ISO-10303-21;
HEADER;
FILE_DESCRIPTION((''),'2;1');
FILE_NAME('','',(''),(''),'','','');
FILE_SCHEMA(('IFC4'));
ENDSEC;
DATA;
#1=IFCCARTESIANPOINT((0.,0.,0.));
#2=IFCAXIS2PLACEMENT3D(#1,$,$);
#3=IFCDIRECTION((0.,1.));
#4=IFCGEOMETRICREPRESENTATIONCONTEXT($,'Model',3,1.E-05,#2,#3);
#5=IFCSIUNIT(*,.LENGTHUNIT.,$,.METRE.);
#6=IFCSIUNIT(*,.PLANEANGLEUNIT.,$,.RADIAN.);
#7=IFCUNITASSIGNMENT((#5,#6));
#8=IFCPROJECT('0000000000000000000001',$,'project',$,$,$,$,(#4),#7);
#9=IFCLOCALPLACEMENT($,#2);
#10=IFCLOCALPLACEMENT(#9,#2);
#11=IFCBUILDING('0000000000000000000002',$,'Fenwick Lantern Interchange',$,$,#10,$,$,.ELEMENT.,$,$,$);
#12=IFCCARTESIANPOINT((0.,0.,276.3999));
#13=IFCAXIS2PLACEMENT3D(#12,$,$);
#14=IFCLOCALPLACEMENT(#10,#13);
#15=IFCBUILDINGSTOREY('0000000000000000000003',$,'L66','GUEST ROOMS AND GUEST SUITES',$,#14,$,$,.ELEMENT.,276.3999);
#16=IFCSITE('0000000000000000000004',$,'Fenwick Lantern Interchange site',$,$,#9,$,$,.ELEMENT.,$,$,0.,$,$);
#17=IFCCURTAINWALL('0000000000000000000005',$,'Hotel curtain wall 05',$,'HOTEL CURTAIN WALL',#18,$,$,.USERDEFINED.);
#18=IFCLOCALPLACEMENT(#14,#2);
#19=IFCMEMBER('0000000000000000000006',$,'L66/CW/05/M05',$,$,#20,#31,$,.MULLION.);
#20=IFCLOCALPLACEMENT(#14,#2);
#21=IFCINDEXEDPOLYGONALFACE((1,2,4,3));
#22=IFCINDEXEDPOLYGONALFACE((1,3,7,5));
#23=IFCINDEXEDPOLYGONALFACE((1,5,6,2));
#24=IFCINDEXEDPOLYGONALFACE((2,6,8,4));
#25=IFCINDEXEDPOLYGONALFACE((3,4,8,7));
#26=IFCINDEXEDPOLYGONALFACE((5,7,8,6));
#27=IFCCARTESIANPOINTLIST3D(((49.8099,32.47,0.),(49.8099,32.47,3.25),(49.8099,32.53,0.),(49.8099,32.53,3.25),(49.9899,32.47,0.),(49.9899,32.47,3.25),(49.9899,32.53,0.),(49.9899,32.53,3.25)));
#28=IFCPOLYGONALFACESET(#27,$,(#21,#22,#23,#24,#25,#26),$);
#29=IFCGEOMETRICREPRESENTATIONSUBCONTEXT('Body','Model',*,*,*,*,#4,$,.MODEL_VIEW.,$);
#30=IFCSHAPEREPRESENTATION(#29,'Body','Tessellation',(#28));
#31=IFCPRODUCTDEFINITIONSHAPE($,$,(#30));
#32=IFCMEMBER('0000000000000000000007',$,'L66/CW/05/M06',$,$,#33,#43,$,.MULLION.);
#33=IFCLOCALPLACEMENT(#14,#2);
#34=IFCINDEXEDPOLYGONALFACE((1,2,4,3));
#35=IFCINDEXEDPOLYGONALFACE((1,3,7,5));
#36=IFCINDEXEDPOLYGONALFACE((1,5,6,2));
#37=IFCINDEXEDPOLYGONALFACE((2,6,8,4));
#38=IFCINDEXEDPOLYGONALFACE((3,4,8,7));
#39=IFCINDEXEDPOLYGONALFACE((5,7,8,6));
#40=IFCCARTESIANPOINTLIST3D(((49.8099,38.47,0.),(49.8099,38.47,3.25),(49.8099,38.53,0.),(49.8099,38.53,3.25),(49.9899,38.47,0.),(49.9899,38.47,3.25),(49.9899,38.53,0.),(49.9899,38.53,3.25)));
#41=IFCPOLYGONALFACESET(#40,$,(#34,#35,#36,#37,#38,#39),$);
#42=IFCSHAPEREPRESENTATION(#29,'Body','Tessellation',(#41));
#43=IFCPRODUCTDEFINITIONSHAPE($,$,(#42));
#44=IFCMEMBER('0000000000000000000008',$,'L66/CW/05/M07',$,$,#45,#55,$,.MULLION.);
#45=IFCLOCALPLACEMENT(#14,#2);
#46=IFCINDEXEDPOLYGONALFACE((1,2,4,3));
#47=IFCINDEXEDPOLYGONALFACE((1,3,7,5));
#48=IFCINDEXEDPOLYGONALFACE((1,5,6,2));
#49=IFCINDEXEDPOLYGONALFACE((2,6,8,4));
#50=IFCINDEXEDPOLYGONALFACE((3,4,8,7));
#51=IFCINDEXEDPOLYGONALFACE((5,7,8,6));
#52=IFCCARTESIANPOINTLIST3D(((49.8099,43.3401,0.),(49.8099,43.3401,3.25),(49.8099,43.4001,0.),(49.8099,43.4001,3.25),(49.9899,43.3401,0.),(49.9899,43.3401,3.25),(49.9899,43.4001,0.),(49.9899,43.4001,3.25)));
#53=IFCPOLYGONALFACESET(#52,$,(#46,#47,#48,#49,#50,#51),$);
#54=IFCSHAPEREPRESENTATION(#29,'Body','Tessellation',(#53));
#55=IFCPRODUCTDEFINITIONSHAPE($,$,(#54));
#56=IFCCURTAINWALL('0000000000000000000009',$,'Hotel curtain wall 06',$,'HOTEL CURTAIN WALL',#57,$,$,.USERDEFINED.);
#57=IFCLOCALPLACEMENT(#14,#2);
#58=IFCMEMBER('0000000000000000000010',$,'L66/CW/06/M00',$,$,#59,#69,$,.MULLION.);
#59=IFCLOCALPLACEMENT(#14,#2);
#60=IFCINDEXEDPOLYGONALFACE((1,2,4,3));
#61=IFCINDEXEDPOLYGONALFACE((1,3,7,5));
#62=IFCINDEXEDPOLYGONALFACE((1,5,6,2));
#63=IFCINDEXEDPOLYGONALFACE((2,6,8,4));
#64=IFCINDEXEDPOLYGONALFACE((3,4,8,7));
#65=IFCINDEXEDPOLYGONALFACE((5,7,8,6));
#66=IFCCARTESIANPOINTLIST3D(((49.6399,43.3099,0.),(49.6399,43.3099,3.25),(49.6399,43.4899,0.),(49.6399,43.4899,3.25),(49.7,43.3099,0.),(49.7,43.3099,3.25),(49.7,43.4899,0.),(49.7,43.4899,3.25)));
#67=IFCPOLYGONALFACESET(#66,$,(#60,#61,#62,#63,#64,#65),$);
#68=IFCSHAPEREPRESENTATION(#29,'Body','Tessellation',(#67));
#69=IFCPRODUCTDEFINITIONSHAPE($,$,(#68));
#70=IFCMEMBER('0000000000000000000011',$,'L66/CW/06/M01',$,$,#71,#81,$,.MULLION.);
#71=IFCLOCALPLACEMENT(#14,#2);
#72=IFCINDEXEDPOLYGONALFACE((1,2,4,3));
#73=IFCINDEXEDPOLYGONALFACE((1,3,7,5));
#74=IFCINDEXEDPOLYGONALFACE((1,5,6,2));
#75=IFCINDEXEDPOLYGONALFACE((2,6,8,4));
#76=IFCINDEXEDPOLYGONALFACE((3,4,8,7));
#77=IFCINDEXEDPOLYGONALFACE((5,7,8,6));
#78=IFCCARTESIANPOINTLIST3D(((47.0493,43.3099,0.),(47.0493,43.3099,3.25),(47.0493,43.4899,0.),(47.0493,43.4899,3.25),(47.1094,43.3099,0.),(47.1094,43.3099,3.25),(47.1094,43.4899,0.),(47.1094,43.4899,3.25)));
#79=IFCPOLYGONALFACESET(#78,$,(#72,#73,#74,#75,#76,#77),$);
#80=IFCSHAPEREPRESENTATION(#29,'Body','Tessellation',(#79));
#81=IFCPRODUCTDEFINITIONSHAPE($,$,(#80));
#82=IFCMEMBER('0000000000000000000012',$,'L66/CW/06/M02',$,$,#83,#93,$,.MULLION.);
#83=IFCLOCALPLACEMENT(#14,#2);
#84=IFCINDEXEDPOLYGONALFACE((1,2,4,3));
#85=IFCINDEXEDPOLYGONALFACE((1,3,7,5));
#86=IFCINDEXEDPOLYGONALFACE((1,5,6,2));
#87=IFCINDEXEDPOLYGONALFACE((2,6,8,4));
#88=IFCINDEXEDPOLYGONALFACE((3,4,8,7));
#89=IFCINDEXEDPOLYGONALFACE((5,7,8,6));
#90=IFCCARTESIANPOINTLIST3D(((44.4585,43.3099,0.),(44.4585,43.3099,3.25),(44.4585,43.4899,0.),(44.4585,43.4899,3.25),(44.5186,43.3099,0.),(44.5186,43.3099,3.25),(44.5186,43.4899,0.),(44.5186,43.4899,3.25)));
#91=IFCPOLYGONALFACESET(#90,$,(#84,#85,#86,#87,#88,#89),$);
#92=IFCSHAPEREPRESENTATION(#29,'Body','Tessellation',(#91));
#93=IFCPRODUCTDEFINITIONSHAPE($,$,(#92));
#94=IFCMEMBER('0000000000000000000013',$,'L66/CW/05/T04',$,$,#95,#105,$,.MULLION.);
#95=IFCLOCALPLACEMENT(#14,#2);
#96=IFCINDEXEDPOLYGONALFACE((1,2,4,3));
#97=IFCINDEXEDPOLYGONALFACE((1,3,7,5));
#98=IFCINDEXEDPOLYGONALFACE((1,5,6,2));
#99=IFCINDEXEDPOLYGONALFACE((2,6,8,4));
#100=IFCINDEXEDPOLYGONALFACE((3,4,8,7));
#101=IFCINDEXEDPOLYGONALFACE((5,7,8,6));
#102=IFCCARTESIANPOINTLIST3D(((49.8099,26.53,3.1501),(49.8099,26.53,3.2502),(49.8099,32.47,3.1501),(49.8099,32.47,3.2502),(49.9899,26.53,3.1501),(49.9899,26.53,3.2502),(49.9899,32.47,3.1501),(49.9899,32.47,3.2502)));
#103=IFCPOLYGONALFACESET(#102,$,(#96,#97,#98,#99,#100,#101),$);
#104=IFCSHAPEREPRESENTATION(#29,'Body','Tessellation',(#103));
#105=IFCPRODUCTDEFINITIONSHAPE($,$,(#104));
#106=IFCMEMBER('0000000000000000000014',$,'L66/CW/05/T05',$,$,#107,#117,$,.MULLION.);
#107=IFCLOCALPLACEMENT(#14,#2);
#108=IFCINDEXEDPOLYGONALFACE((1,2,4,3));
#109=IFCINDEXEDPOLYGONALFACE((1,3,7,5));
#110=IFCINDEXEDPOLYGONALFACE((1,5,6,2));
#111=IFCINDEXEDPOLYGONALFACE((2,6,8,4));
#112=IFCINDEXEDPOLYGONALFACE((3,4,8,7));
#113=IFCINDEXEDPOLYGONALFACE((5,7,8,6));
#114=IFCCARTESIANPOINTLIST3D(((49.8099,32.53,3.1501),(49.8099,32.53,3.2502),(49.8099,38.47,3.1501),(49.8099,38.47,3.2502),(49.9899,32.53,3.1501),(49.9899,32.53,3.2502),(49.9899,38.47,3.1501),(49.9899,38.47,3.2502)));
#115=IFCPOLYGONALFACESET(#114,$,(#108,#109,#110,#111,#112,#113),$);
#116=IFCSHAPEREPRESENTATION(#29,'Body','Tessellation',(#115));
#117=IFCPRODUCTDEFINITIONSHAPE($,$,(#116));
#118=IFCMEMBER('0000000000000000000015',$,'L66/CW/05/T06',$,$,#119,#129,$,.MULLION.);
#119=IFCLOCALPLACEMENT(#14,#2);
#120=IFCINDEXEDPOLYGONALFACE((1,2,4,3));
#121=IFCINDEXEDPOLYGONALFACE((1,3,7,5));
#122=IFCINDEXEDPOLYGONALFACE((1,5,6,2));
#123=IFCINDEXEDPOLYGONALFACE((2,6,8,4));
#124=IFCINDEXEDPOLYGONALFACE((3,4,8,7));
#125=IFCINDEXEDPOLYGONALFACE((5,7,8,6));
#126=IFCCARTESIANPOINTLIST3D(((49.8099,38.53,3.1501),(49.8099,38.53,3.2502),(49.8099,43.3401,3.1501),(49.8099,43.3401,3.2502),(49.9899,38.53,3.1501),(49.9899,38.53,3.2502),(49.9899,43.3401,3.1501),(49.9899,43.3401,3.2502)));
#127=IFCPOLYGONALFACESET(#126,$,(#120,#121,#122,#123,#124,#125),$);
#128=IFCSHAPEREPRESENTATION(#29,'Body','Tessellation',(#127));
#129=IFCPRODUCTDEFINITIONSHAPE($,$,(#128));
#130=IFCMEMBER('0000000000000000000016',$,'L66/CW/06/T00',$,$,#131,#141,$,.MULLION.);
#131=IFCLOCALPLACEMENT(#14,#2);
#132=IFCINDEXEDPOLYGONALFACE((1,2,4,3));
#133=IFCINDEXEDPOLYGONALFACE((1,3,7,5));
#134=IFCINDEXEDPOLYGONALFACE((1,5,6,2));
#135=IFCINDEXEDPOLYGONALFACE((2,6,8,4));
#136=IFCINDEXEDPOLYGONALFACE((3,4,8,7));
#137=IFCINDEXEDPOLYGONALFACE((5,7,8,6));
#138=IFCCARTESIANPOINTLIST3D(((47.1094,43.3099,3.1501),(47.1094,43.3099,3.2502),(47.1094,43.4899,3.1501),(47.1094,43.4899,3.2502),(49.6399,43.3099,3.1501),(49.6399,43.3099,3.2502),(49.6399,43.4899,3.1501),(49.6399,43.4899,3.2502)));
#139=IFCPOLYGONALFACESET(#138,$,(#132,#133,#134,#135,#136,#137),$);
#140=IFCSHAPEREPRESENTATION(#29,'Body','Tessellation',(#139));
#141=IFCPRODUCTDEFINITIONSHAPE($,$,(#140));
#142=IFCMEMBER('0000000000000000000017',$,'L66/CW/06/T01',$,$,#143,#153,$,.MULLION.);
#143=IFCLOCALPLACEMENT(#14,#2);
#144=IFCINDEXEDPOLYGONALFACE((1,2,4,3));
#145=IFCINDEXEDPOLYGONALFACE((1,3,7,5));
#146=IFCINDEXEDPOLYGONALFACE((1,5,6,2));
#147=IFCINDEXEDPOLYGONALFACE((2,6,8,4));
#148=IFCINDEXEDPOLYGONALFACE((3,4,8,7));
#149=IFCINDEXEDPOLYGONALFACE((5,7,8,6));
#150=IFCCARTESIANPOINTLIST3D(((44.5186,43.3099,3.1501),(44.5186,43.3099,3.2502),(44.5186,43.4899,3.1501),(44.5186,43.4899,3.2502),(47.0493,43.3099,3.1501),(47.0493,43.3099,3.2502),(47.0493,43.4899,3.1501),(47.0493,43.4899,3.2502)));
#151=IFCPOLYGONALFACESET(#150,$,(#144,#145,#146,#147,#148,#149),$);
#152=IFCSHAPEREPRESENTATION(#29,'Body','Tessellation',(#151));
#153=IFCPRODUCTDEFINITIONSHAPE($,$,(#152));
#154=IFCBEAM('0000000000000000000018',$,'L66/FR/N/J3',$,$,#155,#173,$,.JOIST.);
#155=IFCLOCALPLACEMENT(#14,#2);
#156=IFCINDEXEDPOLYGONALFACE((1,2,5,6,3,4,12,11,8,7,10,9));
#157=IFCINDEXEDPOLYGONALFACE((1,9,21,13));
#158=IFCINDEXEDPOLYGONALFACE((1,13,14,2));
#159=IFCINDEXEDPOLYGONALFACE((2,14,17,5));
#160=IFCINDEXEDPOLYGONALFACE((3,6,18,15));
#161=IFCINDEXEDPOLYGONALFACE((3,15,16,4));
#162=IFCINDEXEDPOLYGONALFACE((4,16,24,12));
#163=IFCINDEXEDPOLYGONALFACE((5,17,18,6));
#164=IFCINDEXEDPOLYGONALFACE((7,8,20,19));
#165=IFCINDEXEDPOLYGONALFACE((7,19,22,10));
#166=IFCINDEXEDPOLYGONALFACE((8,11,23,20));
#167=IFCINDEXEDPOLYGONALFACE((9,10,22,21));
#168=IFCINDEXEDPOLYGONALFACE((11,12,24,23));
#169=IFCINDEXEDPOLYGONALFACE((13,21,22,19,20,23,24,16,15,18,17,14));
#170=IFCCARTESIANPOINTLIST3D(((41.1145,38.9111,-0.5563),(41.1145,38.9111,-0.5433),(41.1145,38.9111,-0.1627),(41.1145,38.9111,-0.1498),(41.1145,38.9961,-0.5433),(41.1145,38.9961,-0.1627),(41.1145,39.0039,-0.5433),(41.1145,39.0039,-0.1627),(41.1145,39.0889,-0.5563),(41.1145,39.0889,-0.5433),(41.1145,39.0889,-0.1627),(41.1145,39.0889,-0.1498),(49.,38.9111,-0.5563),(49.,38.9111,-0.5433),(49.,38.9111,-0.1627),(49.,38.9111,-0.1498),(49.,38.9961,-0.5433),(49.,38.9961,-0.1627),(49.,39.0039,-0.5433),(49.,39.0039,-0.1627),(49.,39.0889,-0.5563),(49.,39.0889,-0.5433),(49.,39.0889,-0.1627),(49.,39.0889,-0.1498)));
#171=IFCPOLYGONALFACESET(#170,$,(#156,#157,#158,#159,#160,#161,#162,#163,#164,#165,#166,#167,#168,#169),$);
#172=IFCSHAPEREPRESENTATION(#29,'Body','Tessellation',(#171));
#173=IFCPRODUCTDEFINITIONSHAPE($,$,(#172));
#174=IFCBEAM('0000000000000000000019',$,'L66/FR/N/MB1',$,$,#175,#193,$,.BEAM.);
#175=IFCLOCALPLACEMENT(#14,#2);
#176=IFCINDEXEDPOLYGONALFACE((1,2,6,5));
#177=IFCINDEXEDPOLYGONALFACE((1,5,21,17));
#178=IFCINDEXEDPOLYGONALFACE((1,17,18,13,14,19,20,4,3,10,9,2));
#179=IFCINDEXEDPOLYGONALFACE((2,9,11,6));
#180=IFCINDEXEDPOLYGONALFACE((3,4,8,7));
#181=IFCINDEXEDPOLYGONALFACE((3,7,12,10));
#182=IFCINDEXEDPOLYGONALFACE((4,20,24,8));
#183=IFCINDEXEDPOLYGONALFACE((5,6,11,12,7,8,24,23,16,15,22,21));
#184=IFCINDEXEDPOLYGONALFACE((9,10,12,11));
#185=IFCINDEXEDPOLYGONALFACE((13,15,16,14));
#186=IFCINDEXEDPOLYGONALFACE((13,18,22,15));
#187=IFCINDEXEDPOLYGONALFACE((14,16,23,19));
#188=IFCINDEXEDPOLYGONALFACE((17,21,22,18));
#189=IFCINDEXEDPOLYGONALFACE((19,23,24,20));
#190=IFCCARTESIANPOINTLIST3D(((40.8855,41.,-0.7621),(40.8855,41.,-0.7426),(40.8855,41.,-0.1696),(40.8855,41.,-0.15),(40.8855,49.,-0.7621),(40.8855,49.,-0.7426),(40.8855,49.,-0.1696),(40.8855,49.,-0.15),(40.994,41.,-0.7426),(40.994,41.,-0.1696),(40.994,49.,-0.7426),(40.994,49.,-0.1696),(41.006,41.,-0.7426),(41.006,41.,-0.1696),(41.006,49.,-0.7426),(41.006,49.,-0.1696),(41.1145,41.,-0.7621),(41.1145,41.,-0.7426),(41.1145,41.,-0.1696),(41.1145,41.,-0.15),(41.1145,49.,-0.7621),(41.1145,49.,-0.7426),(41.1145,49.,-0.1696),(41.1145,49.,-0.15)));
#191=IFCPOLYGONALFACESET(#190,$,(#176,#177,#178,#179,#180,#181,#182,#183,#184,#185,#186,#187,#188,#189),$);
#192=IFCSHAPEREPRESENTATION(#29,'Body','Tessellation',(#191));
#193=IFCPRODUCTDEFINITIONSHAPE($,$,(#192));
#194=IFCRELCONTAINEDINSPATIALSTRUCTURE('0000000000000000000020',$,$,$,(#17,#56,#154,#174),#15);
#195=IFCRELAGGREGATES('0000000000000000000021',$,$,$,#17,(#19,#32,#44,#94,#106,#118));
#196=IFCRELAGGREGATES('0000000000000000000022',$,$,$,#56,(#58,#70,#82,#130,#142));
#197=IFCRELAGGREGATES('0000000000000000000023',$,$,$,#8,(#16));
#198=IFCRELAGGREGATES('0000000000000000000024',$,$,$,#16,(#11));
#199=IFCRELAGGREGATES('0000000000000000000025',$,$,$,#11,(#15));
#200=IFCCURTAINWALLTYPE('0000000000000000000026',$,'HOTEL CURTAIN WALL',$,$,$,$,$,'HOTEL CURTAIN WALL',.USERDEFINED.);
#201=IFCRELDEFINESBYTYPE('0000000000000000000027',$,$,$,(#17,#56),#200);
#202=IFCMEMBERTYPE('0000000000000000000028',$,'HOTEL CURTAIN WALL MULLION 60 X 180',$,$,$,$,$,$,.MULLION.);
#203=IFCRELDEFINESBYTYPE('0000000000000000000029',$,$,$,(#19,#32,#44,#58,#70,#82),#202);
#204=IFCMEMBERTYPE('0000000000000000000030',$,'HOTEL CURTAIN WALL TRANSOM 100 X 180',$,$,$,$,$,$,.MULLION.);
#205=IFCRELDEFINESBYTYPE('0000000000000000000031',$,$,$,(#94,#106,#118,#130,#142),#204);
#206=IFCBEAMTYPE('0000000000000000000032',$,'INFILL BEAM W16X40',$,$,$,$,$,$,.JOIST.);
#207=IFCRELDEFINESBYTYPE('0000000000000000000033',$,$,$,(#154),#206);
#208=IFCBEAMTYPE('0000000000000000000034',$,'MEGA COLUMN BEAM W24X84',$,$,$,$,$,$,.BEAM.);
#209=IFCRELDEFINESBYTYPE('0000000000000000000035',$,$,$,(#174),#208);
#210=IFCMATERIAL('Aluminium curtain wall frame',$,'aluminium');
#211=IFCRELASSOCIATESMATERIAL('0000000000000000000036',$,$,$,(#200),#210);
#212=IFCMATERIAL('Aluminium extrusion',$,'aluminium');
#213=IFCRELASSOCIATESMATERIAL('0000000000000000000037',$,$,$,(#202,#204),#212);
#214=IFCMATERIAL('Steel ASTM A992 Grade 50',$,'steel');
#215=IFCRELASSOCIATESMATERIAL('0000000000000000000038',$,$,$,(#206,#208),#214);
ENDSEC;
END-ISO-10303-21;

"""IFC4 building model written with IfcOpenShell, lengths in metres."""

from ifc_helpers import new_model, si_unit, direction, frame, origin, origin_2d, place, context, subcontext, project, spatial, rectangle, i_section, extrude, material, material_profile, profile_set, type_object, element, aggregate, save


model = new_model("IFC4")

# Units and contexts
model_context = context("Model", 3, precision=1e-05, world=origin(), true_north=direction((0.0, 1.0)))
body_context = subcontext(model_context, "Body", "Model", "MODEL_VIEW")
ifc_project = project(units=[si_unit("LENGTHUNIT", "METRE"), si_unit("PLANEANGLEUNIT", "RADIAN")], contexts=[model_context])

# Site, building, storey
site_placement = place(None, origin())
site = spatial("IfcSite", under=ifc_project, at=site_placement, Name="Fenwick Lantern Interchange site", CompositionType="ELEMENT", RefElevation=0.0)
building_placement = place(site_placement, origin())
building = spatial("IfcBuilding", under=site, at=building_placement, Name="Fenwick Lantern Interchange", CompositionType="ELEMENT")
storey_placement = place(building_placement, frame((0.0, 0.0, 276.3999)))
storey = spatial("IfcBuildingStorey", under=building, at=storey_placement, Name="L66", Description="GUEST ROOMS AND GUEST SUITES", CompositionType="ELEMENT", Elevation=276.3999)

# Shared definitions
ifc_material_1 = material(Name="Steel ASTM A992 Grade 50", Category="steel")

# Curtain walls, members
ifc_material_2 = material(Name="Aluminium curtain wall frame", Category="aluminium")
curtain_wall_type = type_object("IfcCurtainWallType", Name="HOTEL CURTAIN WALL", ElementType="HOTEL CURTAIN WALL", PredefinedType="USERDEFINED", material=ifc_material_2)
curtain_wall_1_placement = place(storey_placement, origin())
curtain_wall_1 = element("IfcCurtainWall", 1, at=curtain_wall_1_placement, inside=storey, type_object=curtain_wall_type, Name="Hotel curtain wall 05", ObjectType="HOTEL CURTAIN WALL", PredefinedType="USERDEFINED")
ifc_material_3 = material(Name="Aluminium extrusion", Category="aluminium")
ifc_material_profile_1 = material_profile(ifc_material_3, rectangle(XDim=0.1799, YDim=0.0601, at=origin_2d()), Name="HOTEL CURTAIN WALL MULLION 60 X 180")
ifc_profile_set_1 = profile_set([ifc_material_profile_1], Name="Aluminium extrusion")
member_type_1 = type_object("IfcMemberType", Name="HOTEL CURTAIN WALL MULLION 60 X 180", PredefinedType="MULLION", material=ifc_profile_set_1)
member_1_placement = place(storey_placement, frame((49.8999, 32.5, 0.0), z_axis=(0.0, 0.0, 1.0), x_axis=(-1.0, 0.0, 0.0)))
member_1 = element("IfcMember", 2, at=member_1_placement, type_object=member_type_1, Name="L66/CW/05/M05", PredefinedType="MULLION", context=body_context, shape_type="SweptSolid", body=[
    extrude(rectangle(XDim=0.1799, YDim=0.0601, at=origin_2d()), origin(), (0.0, 0.0, 1.0), 3.25),
])
member_2_placement = place(storey_placement, frame((49.8999, 38.5, 0.0), z_axis=(0.0, 0.0, 1.0), x_axis=(-1.0, 0.0, 0.0)))
member_2 = element("IfcMember", 3, at=member_2_placement, type_object=member_type_1, Name="L66/CW/05/M06", PredefinedType="MULLION", context=body_context, shape_type="SweptSolid", body=[
    extrude(rectangle(XDim=0.1799, YDim=0.0601, at=origin_2d()), origin(), (0.0, 0.0, 1.0), 3.25),
])
member_3_placement = place(storey_placement, frame((49.8999, 43.3701, 0.0), z_axis=(0.0, 0.0, 1.0), x_axis=(-1.0, 0.0, 0.0)))
member_3 = element("IfcMember", 4, at=member_3_placement, type_object=member_type_1, Name="L66/CW/05/M07", PredefinedType="MULLION", context=body_context, shape_type="SweptSolid", body=[
    extrude(rectangle(XDim=0.1799, YDim=0.0601, at=origin_2d()), origin(), (0.0, 0.0, 1.0), 3.25),
])
curtain_wall_2_placement = place(storey_placement, origin())
curtain_wall_2 = element("IfcCurtainWall", 5, at=curtain_wall_2_placement, inside=storey, type_object=curtain_wall_type, Name="Hotel curtain wall 06", ObjectType="HOTEL CURTAIN WALL", PredefinedType="USERDEFINED")
member_4_placement = place(storey_placement, frame((49.6699, 43.3999, 0.0), z_axis=(0.0, 0.0, 1.0), x_axis=(0.0, -1.0, 0.0)))
member_4 = element("IfcMember", 6, at=member_4_placement, type_object=member_type_1, Name="L66/CW/06/M00", PredefinedType="MULLION", context=body_context, shape_type="SweptSolid", body=[
    extrude(rectangle(XDim=0.1799, YDim=0.0601, at=origin_2d()), origin(), (0.0, 0.0, 1.0), 3.25),
])
member_5_placement = place(storey_placement, frame((47.0793, 43.3999, 0.0), z_axis=(0.0, 0.0, 1.0), x_axis=(0.0, -1.0, 0.0)))
member_5 = element("IfcMember", 7, at=member_5_placement, type_object=member_type_1, Name="L66/CW/06/M01", PredefinedType="MULLION", context=body_context, shape_type="SweptSolid", body=[
    extrude(rectangle(XDim=0.1799, YDim=0.0601, at=origin_2d()), origin(), (0.0, 0.0, 1.0), 3.25),
])
member_6_placement = place(storey_placement, frame((44.4885, 43.3999, 0.0), z_axis=(0.0, 0.0, 1.0), x_axis=(0.0, -1.0, 0.0)))
member_6 = element("IfcMember", 8, at=member_6_placement, type_object=member_type_1, Name="L66/CW/06/M02", PredefinedType="MULLION", context=body_context, shape_type="SweptSolid", body=[
    extrude(rectangle(XDim=0.1799, YDim=0.0601, at=origin_2d()), origin(), (0.0, 0.0, 1.0), 3.25),
])

# Members
ifc_material_profile_2 = material_profile(ifc_material_3, rectangle(XDim=0.1799, YDim=0.1001, at=origin_2d()), Name="HOTEL CURTAIN WALL TRANSOM 100 X 180")
ifc_profile_set_2 = profile_set([ifc_material_profile_2], Name="Aluminium extrusion")
member_type_2 = type_object("IfcMemberType", Name="HOTEL CURTAIN WALL TRANSOM 100 X 180", PredefinedType="MULLION", material=ifc_profile_set_2)
member_7_placement = place(storey_placement, frame((49.8999, 26.53, 3.2002), z_axis=(0.0, 1.0, 0.0), x_axis=(-1.0, 0.0, 0.0)))
member_7 = element("IfcMember", 9, at=member_7_placement, type_object=member_type_2, Name="L66/CW/05/T04", PredefinedType="MULLION", context=body_context, shape_type="SweptSolid", body=[
    extrude(rectangle(XDim=0.1799, YDim=0.1001, at=origin_2d()), origin(), (0.0, 0.0, 1.0), 5.9399),
])
member_8_placement = place(storey_placement, frame((49.8999, 32.53, 3.2002), z_axis=(0.0, 1.0, 0.0), x_axis=(-1.0, 0.0, 0.0)))
member_8 = element("IfcMember", 10, at=member_8_placement, type_object=member_type_2, Name="L66/CW/05/T05", PredefinedType="MULLION", context=body_context, shape_type="SweptSolid", body=[
    extrude(rectangle(XDim=0.1799, YDim=0.1001, at=origin_2d()), origin(), (0.0, 0.0, 1.0), 5.9399),
])
member_9_placement = place(storey_placement, frame((49.8999, 38.53, 3.2002), z_axis=(0.0, 1.0, 0.0), x_axis=(-1.0, 0.0, 0.0)))
member_9 = element("IfcMember", 11, at=member_9_placement, type_object=member_type_2, Name="L66/CW/05/T06", PredefinedType="MULLION", context=body_context, shape_type="SweptSolid", body=[
    extrude(rectangle(XDim=0.1799, YDim=0.1001, at=origin_2d()), origin(), (0.0, 0.0, 1.0), 4.8101),
])
aggregate(curtain_wall_1, [member_1, member_2, member_3, member_7, member_8, member_9])
member_10_placement = place(storey_placement, frame((49.6399, 43.3999, 3.2002), z_axis=(-1.0, 0.0, 0.0), x_axis=(0.0, -1.0, 0.0)))
member_10 = element("IfcMember", 12, at=member_10_placement, type_object=member_type_2, Name="L66/CW/06/T00", PredefinedType="MULLION", context=body_context, shape_type="SweptSolid", body=[
    extrude(rectangle(XDim=0.1799, YDim=0.1001, at=origin_2d()), origin(), (0.0, 0.0, 1.0), 2.5305),
])
member_11_placement = place(storey_placement, frame((47.0493, 43.3999, 3.2002), z_axis=(-1.0, 0.0, 0.0), x_axis=(0.0, -1.0, 0.0)))
member_11 = element("IfcMember", 13, at=member_11_placement, type_object=member_type_2, Name="L66/CW/06/T01", PredefinedType="MULLION", context=body_context, shape_type="SweptSolid", body=[
    extrude(rectangle(XDim=0.1799, YDim=0.1001, at=origin_2d()), origin(), (0.0, 0.0, 1.0), 2.5308),
])

# Beams
ifc_material_profile_3 = material_profile(ifc_material_1, i_section(OverallWidth=0.1777, OverallDepth=0.4065, WebThickness=0.0078, FlangeThickness=0.0129, at=origin_2d()), Name="W16X40")
ifc_profile_set_3 = profile_set([ifc_material_profile_3], Name="Steel ASTM A992 Grade 50")
beam_type_1 = type_object("IfcBeamType", Name="INFILL BEAM W16X40", PredefinedType="JOIST", material=ifc_profile_set_3)
beam_1_placement = place(storey_placement, frame((49.0, 39.0, -0.353), z_axis=(-1.0, 0.0, 0.0), x_axis=(0.0, -1.0, 0.0)))
element("IfcBeam", 14, at=beam_1_placement, inside=storey, type_object=beam_type_1, Name="L66/FR/N/J3", PredefinedType="JOIST", context=body_context, shape_type="SweptSolid", body=[
    extrude(i_section(OverallWidth=0.1777, OverallDepth=0.4065, WebThickness=0.0078, FlangeThickness=0.0129, at=origin_2d()), origin(), (0.0, 0.0, 1.0), 7.8855),
])
ifc_material_profile_4 = material_profile(ifc_material_1, i_section(OverallWidth=0.229, OverallDepth=0.6121, WebThickness=0.012, FlangeThickness=0.0195, at=origin_2d()), Name="W24X84")
ifc_profile_set_4 = profile_set([ifc_material_profile_4], Name="Steel ASTM A992 Grade 50")
beam_type_2 = type_object("IfcBeamType", Name="MEGA COLUMN BEAM W24X84", PredefinedType="BEAM", material=ifc_profile_set_4)
for number, where, z_axis, x_axis, name in (
    (15, (41.0, 41.0, -0.4561), (0.0, 1.0, 0.0), (-1.0, 0.0, 0.0), "L66/FR/N/MB1"),
):
    element("IfcBeam", number, at=place(storey_placement, frame(where, z_axis=z_axis, x_axis=x_axis)), inside=storey, type_object=beam_type_2, Name=name, PredefinedType="BEAM", context=body_context, shape_type="SweptSolid", body=[
        extrude(i_section(OverallWidth=0.229, OverallDepth=0.6121, WebThickness=0.012, FlangeThickness=0.0195, at=origin_2d()), origin(), (0.0, 0.0, 1.0), 8.0),
    ])

aggregate(curtain_wall_2, [member_4, member_5, member_6, member_10, member_11])

save(model, "model.ifc")
